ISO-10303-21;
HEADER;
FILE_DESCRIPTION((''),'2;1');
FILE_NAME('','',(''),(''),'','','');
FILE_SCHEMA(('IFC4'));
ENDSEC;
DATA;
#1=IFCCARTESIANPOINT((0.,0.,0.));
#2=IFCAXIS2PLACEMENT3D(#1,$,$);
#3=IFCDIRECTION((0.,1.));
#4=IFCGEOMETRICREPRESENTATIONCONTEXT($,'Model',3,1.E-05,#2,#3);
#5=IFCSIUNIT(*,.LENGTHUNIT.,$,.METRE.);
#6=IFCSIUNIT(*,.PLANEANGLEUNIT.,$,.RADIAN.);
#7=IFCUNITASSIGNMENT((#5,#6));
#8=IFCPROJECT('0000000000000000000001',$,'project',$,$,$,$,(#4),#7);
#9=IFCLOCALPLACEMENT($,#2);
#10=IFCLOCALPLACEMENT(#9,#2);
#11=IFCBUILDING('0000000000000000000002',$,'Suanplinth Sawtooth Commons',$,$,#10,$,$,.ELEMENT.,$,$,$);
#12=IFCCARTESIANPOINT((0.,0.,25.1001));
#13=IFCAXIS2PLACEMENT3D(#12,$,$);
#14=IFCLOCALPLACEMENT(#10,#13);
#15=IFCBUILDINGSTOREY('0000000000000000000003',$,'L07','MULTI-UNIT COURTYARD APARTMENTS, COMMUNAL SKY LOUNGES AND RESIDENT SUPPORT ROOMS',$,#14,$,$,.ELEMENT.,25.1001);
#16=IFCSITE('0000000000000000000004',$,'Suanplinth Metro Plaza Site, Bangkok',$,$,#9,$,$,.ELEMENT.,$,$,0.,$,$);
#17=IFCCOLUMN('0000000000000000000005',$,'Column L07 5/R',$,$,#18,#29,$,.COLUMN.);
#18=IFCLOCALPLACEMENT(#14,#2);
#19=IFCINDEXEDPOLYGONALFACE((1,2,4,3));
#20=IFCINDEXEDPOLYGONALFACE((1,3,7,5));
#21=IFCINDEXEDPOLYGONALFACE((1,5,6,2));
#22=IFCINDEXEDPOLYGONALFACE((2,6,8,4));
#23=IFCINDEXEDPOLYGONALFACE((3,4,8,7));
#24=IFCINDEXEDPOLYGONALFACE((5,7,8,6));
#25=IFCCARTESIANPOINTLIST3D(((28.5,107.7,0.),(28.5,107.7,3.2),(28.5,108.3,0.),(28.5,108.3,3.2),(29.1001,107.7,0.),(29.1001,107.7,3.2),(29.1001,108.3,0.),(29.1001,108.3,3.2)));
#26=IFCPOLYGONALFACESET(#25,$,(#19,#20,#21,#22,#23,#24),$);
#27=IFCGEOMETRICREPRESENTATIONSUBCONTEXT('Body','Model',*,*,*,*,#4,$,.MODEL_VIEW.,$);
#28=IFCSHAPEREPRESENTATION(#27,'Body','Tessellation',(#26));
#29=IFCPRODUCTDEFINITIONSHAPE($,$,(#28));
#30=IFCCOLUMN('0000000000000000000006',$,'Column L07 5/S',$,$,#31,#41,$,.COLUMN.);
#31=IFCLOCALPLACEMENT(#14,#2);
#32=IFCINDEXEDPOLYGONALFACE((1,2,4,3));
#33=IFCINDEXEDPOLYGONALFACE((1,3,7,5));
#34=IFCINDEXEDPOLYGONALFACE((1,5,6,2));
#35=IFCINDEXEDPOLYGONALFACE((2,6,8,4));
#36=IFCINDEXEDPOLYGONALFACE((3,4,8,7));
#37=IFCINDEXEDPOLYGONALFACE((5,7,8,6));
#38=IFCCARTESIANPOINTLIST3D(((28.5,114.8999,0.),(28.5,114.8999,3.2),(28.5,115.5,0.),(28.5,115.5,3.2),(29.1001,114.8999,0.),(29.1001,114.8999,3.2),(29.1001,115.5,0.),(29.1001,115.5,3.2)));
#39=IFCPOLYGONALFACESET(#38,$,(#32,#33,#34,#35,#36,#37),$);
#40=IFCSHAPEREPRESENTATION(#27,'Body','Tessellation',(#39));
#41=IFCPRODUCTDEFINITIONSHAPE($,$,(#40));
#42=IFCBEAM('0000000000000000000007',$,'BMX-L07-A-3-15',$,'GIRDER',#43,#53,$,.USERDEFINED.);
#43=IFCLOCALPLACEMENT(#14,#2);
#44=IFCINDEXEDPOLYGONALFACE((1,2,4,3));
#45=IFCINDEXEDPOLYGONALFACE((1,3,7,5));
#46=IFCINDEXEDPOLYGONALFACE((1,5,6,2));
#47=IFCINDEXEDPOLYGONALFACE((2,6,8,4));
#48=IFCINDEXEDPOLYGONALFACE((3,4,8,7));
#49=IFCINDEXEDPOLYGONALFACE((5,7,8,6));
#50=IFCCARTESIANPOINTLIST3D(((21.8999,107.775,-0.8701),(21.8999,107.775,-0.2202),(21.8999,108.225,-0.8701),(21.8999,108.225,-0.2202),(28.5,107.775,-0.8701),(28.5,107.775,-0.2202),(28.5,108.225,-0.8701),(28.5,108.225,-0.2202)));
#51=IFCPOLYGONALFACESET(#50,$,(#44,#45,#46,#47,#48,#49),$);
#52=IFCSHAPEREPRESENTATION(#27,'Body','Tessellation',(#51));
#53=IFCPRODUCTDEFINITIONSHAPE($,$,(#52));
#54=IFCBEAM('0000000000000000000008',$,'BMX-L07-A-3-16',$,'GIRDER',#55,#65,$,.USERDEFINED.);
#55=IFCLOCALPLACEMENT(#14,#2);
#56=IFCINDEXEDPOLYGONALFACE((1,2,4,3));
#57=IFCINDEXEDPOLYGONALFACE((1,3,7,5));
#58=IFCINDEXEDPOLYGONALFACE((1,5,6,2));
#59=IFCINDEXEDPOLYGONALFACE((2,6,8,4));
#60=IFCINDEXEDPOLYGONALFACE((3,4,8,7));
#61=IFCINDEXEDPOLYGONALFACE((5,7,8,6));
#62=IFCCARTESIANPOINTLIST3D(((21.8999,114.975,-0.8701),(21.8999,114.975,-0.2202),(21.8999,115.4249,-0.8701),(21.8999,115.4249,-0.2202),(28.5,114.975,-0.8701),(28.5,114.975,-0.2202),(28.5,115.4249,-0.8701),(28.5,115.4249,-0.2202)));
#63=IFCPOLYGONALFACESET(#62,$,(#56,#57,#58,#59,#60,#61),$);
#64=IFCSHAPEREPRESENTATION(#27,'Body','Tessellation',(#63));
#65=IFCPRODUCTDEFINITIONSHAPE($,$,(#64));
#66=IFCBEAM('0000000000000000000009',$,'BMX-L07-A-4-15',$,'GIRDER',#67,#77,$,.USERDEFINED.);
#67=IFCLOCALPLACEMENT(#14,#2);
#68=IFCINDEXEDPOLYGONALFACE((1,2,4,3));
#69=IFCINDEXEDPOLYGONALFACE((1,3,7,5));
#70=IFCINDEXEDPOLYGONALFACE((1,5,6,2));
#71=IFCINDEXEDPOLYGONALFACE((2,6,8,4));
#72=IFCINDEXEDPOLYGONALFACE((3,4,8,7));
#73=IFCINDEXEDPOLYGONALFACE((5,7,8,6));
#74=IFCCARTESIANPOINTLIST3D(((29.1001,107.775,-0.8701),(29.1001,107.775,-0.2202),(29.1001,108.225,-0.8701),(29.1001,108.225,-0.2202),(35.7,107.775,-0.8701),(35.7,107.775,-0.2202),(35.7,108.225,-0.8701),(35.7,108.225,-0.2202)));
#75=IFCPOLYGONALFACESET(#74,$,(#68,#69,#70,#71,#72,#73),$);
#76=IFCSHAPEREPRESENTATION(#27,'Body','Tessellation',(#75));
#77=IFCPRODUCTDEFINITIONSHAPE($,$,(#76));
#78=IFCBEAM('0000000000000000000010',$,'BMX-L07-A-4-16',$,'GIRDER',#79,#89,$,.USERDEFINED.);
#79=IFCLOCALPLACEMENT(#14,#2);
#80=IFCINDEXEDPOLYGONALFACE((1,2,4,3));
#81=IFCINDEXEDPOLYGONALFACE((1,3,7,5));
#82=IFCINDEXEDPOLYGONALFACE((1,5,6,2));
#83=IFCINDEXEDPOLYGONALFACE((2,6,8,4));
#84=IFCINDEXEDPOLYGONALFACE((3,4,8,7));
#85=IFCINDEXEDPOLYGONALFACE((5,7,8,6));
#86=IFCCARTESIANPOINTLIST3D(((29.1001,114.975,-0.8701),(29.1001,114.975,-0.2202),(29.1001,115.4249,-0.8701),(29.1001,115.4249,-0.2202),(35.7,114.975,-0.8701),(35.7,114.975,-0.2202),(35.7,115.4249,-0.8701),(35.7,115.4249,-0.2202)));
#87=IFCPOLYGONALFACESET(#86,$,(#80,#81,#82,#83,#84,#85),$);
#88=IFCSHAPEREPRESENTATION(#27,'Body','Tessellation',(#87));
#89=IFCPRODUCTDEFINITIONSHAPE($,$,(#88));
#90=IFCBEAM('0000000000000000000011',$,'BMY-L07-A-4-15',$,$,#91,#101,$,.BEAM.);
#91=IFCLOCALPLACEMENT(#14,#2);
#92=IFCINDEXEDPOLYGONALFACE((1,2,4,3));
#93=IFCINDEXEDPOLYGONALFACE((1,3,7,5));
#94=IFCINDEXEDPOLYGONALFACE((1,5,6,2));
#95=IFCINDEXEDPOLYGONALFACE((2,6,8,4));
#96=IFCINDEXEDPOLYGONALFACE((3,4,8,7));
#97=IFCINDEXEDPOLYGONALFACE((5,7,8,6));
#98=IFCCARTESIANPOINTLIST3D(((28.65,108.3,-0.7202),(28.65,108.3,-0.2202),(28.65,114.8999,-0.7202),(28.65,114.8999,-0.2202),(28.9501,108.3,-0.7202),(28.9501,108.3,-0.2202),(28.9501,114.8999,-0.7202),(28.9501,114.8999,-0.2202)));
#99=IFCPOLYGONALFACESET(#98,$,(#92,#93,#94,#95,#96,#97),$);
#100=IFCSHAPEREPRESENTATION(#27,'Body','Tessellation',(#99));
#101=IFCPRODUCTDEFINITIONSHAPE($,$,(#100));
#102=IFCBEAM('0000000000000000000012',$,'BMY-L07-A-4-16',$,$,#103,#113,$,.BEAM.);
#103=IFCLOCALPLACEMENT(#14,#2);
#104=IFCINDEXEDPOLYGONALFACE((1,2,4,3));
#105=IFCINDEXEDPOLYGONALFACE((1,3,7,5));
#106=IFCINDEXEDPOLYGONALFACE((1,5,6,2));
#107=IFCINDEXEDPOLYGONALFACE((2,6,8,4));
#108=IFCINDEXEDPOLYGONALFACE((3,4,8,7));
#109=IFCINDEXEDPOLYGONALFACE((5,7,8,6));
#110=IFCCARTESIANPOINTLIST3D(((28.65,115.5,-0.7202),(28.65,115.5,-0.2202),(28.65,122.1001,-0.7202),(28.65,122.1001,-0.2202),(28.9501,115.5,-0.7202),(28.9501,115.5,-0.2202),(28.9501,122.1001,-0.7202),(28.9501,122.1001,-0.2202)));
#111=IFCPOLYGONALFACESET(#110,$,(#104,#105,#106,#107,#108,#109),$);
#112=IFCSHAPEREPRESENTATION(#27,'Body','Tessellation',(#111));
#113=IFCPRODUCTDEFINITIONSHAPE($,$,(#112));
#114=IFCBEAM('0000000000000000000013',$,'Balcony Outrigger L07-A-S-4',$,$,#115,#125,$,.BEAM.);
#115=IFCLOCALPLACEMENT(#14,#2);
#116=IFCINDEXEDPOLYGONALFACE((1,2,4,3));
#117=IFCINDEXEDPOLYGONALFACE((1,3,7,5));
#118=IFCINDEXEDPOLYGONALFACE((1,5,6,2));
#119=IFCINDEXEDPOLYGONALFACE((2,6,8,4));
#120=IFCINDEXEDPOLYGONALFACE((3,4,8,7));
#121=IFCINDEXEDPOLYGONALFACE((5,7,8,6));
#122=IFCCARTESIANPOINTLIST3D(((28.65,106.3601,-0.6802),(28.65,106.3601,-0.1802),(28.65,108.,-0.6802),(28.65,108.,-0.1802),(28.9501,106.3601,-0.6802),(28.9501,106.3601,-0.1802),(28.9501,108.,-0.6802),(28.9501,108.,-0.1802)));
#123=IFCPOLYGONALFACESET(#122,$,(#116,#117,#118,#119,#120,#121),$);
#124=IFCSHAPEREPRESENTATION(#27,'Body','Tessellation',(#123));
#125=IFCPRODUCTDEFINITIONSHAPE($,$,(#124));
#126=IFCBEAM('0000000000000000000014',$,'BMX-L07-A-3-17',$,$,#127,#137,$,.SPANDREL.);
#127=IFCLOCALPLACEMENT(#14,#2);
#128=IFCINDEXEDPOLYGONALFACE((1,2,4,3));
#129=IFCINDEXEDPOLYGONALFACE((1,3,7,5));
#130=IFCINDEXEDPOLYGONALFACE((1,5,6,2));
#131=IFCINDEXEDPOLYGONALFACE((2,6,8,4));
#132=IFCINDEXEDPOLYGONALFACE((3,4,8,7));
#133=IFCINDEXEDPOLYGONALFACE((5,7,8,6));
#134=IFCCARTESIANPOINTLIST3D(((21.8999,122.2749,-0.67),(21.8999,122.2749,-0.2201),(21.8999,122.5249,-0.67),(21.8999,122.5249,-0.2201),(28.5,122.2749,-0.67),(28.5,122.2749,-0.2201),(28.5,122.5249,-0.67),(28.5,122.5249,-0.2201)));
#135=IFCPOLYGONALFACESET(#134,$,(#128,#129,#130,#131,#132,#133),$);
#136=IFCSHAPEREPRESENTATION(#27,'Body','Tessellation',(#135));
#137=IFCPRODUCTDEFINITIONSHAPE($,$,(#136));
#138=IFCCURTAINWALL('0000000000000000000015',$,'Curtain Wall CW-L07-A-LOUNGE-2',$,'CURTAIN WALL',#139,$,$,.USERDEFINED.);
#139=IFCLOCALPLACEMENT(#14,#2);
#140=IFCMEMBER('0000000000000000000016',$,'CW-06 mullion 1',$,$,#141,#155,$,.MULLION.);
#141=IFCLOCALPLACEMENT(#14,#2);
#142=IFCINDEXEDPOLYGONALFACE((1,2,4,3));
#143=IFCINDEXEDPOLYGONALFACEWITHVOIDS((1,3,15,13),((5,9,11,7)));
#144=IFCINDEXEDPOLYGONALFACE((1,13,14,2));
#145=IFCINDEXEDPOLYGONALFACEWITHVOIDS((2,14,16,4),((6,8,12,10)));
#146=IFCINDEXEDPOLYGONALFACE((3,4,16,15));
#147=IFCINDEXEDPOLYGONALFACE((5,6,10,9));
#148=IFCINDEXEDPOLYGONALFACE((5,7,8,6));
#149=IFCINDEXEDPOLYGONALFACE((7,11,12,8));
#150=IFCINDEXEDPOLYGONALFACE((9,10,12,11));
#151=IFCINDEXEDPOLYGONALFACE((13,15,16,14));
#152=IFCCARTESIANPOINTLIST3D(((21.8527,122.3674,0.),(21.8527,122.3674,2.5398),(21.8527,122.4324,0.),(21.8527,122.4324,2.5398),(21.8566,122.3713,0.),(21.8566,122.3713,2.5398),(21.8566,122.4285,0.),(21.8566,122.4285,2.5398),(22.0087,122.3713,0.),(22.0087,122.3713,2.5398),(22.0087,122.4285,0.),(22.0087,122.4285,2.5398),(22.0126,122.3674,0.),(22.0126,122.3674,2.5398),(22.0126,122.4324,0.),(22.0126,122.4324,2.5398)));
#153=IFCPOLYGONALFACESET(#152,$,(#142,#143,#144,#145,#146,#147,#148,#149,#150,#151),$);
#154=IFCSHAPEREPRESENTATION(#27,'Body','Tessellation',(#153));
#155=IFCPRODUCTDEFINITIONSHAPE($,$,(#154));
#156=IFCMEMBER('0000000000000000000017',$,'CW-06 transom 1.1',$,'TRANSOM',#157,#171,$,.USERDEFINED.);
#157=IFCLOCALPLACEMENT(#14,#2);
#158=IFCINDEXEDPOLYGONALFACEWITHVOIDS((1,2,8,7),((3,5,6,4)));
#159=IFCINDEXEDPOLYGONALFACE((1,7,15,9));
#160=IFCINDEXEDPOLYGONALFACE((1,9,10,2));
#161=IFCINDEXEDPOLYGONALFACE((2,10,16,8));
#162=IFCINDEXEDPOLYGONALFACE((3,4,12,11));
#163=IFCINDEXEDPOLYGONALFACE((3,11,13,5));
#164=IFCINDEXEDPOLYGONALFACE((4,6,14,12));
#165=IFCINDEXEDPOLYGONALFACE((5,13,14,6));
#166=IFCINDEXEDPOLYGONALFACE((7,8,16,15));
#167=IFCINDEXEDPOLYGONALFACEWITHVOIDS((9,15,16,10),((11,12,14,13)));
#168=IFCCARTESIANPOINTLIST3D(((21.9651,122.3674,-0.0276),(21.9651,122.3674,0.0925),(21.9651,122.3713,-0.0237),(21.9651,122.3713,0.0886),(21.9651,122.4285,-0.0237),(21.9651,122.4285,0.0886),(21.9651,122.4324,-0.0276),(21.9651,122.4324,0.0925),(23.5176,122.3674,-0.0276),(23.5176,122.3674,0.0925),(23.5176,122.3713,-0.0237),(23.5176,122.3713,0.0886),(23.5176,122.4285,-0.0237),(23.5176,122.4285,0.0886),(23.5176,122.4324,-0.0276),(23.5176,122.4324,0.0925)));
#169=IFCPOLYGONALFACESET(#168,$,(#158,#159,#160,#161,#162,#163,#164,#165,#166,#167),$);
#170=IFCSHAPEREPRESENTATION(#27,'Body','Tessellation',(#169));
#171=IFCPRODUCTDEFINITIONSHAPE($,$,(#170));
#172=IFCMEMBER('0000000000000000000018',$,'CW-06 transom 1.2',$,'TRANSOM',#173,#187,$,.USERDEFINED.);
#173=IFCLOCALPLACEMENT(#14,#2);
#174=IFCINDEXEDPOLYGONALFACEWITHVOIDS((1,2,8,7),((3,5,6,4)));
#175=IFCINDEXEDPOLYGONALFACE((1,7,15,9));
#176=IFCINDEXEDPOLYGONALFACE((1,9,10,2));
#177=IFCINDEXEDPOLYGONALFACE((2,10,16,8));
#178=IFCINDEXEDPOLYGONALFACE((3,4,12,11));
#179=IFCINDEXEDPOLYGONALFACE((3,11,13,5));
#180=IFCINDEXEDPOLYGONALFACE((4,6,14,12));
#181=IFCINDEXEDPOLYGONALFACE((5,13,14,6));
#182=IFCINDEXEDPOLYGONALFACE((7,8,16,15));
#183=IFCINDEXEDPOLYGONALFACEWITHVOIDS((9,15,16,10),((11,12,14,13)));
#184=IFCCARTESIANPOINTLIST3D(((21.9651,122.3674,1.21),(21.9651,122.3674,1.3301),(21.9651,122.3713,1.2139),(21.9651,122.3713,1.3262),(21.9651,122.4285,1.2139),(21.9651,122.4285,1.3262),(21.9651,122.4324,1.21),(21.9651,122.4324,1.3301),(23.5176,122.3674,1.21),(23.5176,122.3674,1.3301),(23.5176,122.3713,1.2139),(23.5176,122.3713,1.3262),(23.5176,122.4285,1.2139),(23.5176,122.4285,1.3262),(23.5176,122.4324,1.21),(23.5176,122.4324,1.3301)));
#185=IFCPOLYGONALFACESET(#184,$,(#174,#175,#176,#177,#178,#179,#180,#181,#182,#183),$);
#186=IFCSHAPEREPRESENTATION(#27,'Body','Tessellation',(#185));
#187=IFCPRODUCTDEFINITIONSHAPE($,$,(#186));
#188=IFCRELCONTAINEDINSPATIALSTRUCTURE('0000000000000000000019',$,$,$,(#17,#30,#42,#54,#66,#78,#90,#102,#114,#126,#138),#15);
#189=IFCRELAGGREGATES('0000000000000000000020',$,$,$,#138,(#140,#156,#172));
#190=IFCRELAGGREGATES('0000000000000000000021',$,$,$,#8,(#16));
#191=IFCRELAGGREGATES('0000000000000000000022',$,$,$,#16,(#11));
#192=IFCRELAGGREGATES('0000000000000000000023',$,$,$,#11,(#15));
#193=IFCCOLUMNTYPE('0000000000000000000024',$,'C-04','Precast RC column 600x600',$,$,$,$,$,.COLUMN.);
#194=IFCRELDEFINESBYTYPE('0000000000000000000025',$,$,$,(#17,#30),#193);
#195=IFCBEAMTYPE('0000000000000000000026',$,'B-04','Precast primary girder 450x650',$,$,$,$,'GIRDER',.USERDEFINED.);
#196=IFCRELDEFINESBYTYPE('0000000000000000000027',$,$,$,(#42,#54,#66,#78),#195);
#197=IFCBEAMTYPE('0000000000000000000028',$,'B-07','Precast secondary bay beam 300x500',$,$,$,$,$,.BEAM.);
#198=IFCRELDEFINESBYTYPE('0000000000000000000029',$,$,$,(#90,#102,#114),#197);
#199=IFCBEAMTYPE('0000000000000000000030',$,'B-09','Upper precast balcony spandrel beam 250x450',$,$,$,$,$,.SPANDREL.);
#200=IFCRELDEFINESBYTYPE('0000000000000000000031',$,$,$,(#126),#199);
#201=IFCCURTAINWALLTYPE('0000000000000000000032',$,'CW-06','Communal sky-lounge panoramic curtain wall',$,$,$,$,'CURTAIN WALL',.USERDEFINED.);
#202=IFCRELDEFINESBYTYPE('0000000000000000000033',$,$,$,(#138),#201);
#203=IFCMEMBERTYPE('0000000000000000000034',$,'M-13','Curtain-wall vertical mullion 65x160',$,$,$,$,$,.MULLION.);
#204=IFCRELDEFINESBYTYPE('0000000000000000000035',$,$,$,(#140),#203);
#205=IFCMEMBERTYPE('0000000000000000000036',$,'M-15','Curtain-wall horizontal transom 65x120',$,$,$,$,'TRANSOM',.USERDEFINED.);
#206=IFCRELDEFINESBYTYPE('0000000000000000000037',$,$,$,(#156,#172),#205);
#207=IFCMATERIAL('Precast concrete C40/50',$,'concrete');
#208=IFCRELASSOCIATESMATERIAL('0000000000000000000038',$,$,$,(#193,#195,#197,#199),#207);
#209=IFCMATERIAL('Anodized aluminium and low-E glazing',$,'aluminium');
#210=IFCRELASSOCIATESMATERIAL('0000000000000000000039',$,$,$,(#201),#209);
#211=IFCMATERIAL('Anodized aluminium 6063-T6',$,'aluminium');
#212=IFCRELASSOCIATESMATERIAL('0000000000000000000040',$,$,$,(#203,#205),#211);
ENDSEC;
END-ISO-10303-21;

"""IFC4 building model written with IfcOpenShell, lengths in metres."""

from ifc_helpers import new_model, si_unit, direction, frame, origin, origin_2d, place, context, subcontext, project, spatial, rectangle, hollow_rectangle, extrude, material, material_profile, profile_set, type_object, element, aggregate, save


model = new_model("IFC4")

# Units and contexts
model_context = context("Model", 3, precision=1e-05, world=origin(), true_north=direction((0.0, 1.0)))
body_context = subcontext(model_context, "Body", "Model", "MODEL_VIEW")
ifc_project = project(units=[si_unit("LENGTHUNIT", "METRE"), si_unit("PLANEANGLEUNIT", "RADIAN")], contexts=[model_context])

# Site, building, storey
site_placement = place(None, origin())
site = spatial("IfcSite", under=ifc_project, at=site_placement, Name="Suanplinth Metro Plaza Site, Bangkok", CompositionType="ELEMENT", RefElevation=0.0)
building_placement = place(site_placement, origin())
building = spatial("IfcBuilding", under=site, at=building_placement, Name="Suanplinth Sawtooth Commons", CompositionType="ELEMENT")
storey_placement = place(building_placement, frame((0.0, 0.0, 25.1001)))
storey = spatial("IfcBuildingStorey", under=building, at=storey_placement, Name="L07", Description="MULTI-UNIT COURTYARD APARTMENTS, COMMUNAL SKY LOUNGES AND RESIDENT SUPPORT ROOMS", CompositionType="ELEMENT", Elevation=25.1001)

# Columns
ifc_material_1 = material(Name="Precast concrete C40/50", Category="concrete")
ifc_material_profile_1 = material_profile(ifc_material_1, rectangle(XDim=0.6001, YDim=0.6001, at=origin_2d()), Name="PC-COL 600x600")
ifc_profile_set_1 = profile_set([ifc_material_profile_1], Name="Precast concrete C40/50")
column_type = type_object("IfcColumnType", Name="C-04", Description="Precast RC column 600x600", PredefinedType="COLUMN", material=ifc_profile_set_1)
for number, where, z_axis, x_axis, name in (
    (1, (28.8, 108.0, 0.0), (0.0, 0.0, 1.0), (1.0, 0.0, 0.0), "Column L07 5/R"),
    (2, (28.8, 115.2, 0.0), (0.0, 0.0, 1.0), (1.0, 0.0, 0.0), "Column L07 5/S"),
):
    element("IfcColumn", number, at=place(storey_placement, frame(where, z_axis=z_axis, x_axis=x_axis)), inside=storey, type_object=column_type, Name=name, PredefinedType="COLUMN", context=body_context, shape_type="SweptSolid", body=[
        extrude(rectangle(XDim=0.6001, YDim=0.6001, at=origin_2d()), origin(), (0.0, 0.0, 1.0), 3.2),
    ])

# Beams
ifc_material_profile_2 = material_profile(ifc_material_1, rectangle(XDim=0.45, YDim=0.6499, at=origin_2d()), Name="PC-GDR 450x650")
ifc_profile_set_2 = profile_set([ifc_material_profile_2], Name="Precast concrete C40/50")
beam_type_1 = type_object("IfcBeamType", Name="B-04", Description="Precast primary girder 450x650", ElementType="GIRDER", PredefinedType="USERDEFINED", material=ifc_profile_set_2)
for number, where, z_axis, x_axis, name in (
    (3, (21.8999, 108.0, -0.5452), (1.0, 0.0, 0.0), (0.0, 1.0, 0.0), "BMX-L07-A-3-15"),
    (4, (21.8999, 115.2, -0.5452), (1.0, 0.0, 0.0), (0.0, 1.0, 0.0), "BMX-L07-A-3-16"),
):
    element("IfcBeam", number, at=place(storey_placement, frame(where, z_axis=z_axis, x_axis=x_axis)), inside=storey, type_object=beam_type_1, Name=name, ObjectType="GIRDER", PredefinedType="USERDEFINED", context=body_context, shape_type="SweptSolid", body=[
        extrude(rectangle(XDim=0.45, YDim=0.6499, at=origin_2d()), origin(), (0.0, 0.0, 1.0), 6.6001),
    ])
for number, where, z_axis, x_axis, name in (
    (5, (29.1001, 108.0, -0.5452), (1.0, 0.0, 0.0), (0.0, 1.0, 0.0), "BMX-L07-A-4-15"),
    (6, (29.1001, 115.2, -0.5452), (1.0, 0.0, 0.0), (0.0, 1.0, 0.0), "BMX-L07-A-4-16"),
):
    element("IfcBeam", number, at=place(storey_placement, frame(where, z_axis=z_axis, x_axis=x_axis)), inside=storey, type_object=beam_type_1, Name=name, ObjectType="GIRDER", PredefinedType="USERDEFINED", context=body_context, shape_type="SweptSolid", body=[
        extrude(rectangle(XDim=0.45, YDim=0.6499, at=origin_2d()), origin(), (0.0, 0.0, 1.0), 6.5999),
    ])
ifc_material_profile_3 = material_profile(ifc_material_1, rectangle(XDim=0.3, YDim=0.5, at=origin_2d()), Name="PC-BM 300x500")
ifc_profile_set_3 = profile_set([ifc_material_profile_3], Name="Precast concrete C40/50")
beam_type_2 = type_object("IfcBeamType", Name="B-07", Description="Precast secondary bay beam 300x500", PredefinedType="BEAM", material=ifc_profile_set_3)
beam_1_placement = place(storey_placement, frame((28.8, 108.3, -0.4702), z_axis=(0.0, 1.0, 0.0), x_axis=(-1.0, 0.0, 0.0)))
element("IfcBeam", 7, at=beam_1_placement, inside=storey, type_object=beam_type_2, Name="BMY-L07-A-4-15", PredefinedType="BEAM", context=body_context, shape_type="SweptSolid", body=[
    extrude(rectangle(XDim=0.3, YDim=0.5, at=origin_2d()), origin(), (0.0, 0.0, 1.0), 6.5999),
])
beam_2_placement = place(storey_placement, frame((28.8, 115.5, -0.4702), z_axis=(0.0, 1.0, 0.0), x_axis=(-1.0, 0.0, 0.0)))
element("IfcBeam", 8, at=beam_2_placement, inside=storey, type_object=beam_type_2, Name="BMY-L07-A-4-16", PredefinedType="BEAM", context=body_context, shape_type="SweptSolid", body=[
    extrude(rectangle(XDim=0.3, YDim=0.5, at=origin_2d()), origin(), (0.0, 0.0, 1.0), 6.6001),
])
beam_3_placement = place(storey_placement, frame((28.8, 108.0, -0.4302), z_axis=(0.0, -1.0, 0.0), x_axis=(1.0, 0.0, 0.0)))
element("IfcBeam", 9, at=beam_3_placement, inside=storey, type_object=beam_type_2, Name="Balcony Outrigger L07-A-S-4", PredefinedType="BEAM", context=body_context, shape_type="SweptSolid", body=[
    extrude(rectangle(XDim=0.3, YDim=0.5, at=origin_2d()), origin(), (0.0, 0.0, 1.0), 1.6399),
])
ifc_material_profile_4 = material_profile(ifc_material_1, rectangle(XDim=0.25, YDim=0.45, at=origin_2d()), Name="PC-SP 250x450")
ifc_profile_set_4 = profile_set([ifc_material_profile_4], Name="Precast concrete C40/50")
beam_type_3 = type_object("IfcBeamType", Name="B-09", Description="Upper precast balcony spandrel beam 250x450", PredefinedType="SPANDREL", material=ifc_profile_set_4)
beam_4_placement = place(storey_placement, frame((21.8999, 122.3999, -0.4451), z_axis=(1.0, 0.0, 0.0), x_axis=(0.0, 1.0, 0.0)))
element("IfcBeam", 10, at=beam_4_placement, inside=storey, type_object=beam_type_3, Name="BMX-L07-A-3-17", PredefinedType="SPANDREL", context=body_context, shape_type="SweptSolid", body=[
    extrude(rectangle(XDim=0.25, YDim=0.45, at=origin_2d()), origin(), (0.0, 0.0, 1.0), 6.6001),
])

# Curtain wall, members
ifc_material_2 = material(Name="Anodized aluminium and low-E glazing", Category="aluminium")
curtain_wall_type = type_object("IfcCurtainWallType", Name="CW-06", Description="Communal sky-lounge panoramic curtain wall", ElementType="CURTAIN WALL", PredefinedType="USERDEFINED", material=ifc_material_2)
curtain_wall_placement = place(storey_placement, origin())
curtain_wall = element("IfcCurtainWall", 11, at=curtain_wall_placement, inside=storey, type_object=curtain_wall_type, Name="Curtain Wall CW-L07-A-LOUNGE-2", ObjectType="CURTAIN WALL", PredefinedType="USERDEFINED")
ifc_material_3 = material(Name="Anodized aluminium 6063-T6", Category="aluminium")
ifc_material_profile_5 = material_profile(ifc_material_3, hollow_rectangle(XDim=0.0649, YDim=0.1599, WallThickness=0.0039, at=origin_2d()), Name="ALU-MUL 65x160")
ifc_profile_set_5 = profile_set([ifc_material_profile_5], Name="Anodized aluminium 6063-T6")
member_type_1 = type_object("IfcMemberType", Name="M-13", Description="Curtain-wall vertical mullion 65x160", PredefinedType="MULLION", material=ifc_profile_set_5)
member_1_placement = place(storey_placement, frame((21.9326, 122.3999, 0.0), z_axis=(0.0, 0.0, 1.0), x_axis=(0.0, 1.0, 0.0)))
member_1 = element("IfcMember", 12, at=member_1_placement, type_object=member_type_1, Name="CW-06 mullion 1", PredefinedType="MULLION", context=body_context, shape_type="SweptSolid", body=[
    extrude(hollow_rectangle(XDim=0.0649, YDim=0.1599, WallThickness=0.0039, at=origin_2d()), origin(), (0.0, 0.0, 1.0), 2.5398),
])
ifc_material_profile_6 = material_profile(ifc_material_3, hollow_rectangle(XDim=0.0649, YDim=0.1201, WallThickness=0.0039, at=origin_2d()), Name="ALU-TRN 65x120")
ifc_profile_set_6 = profile_set([ifc_material_profile_6], Name="Anodized aluminium 6063-T6")
member_type_2 = type_object("IfcMemberType", Name="M-15", Description="Curtain-wall horizontal transom 65x120", ElementType="TRANSOM", PredefinedType="USERDEFINED", material=ifc_profile_set_6)
member_2_placement = place(storey_placement, frame((21.9651, 122.3999, 0.0325), z_axis=(1.0, 0.0, 0.0), x_axis=(0.0, 1.0, 0.0)))
member_2 = element("IfcMember", 13, at=member_2_placement, type_object=member_type_2, Name="CW-06 transom 1.1", ObjectType="TRANSOM", PredefinedType="USERDEFINED", context=body_context, shape_type="SweptSolid", body=[
    extrude(hollow_rectangle(XDim=0.0649, YDim=0.1201, WallThickness=0.0039, at=origin_2d()), origin(), (0.0, 0.0, 1.0), 1.5525),
])
member_3_placement = place(storey_placement, frame((21.9651, 122.3999, 1.27), z_axis=(1.0, 0.0, 0.0), x_axis=(0.0, 1.0, 0.0)))
member_3 = element("IfcMember", 14, at=member_3_placement, type_object=member_type_2, Name="CW-06 transom 1.2", ObjectType="TRANSOM", PredefinedType="USERDEFINED", context=body_context, shape_type="SweptSolid", body=[
    extrude(hollow_rectangle(XDim=0.0649, YDim=0.1201, WallThickness=0.0039, at=origin_2d()), origin(), (0.0, 0.0, 1.0), 1.5525),
])
aggregate(curtain_wall, [member_1, member_2, member_3])

save(model, "model.ifc")
